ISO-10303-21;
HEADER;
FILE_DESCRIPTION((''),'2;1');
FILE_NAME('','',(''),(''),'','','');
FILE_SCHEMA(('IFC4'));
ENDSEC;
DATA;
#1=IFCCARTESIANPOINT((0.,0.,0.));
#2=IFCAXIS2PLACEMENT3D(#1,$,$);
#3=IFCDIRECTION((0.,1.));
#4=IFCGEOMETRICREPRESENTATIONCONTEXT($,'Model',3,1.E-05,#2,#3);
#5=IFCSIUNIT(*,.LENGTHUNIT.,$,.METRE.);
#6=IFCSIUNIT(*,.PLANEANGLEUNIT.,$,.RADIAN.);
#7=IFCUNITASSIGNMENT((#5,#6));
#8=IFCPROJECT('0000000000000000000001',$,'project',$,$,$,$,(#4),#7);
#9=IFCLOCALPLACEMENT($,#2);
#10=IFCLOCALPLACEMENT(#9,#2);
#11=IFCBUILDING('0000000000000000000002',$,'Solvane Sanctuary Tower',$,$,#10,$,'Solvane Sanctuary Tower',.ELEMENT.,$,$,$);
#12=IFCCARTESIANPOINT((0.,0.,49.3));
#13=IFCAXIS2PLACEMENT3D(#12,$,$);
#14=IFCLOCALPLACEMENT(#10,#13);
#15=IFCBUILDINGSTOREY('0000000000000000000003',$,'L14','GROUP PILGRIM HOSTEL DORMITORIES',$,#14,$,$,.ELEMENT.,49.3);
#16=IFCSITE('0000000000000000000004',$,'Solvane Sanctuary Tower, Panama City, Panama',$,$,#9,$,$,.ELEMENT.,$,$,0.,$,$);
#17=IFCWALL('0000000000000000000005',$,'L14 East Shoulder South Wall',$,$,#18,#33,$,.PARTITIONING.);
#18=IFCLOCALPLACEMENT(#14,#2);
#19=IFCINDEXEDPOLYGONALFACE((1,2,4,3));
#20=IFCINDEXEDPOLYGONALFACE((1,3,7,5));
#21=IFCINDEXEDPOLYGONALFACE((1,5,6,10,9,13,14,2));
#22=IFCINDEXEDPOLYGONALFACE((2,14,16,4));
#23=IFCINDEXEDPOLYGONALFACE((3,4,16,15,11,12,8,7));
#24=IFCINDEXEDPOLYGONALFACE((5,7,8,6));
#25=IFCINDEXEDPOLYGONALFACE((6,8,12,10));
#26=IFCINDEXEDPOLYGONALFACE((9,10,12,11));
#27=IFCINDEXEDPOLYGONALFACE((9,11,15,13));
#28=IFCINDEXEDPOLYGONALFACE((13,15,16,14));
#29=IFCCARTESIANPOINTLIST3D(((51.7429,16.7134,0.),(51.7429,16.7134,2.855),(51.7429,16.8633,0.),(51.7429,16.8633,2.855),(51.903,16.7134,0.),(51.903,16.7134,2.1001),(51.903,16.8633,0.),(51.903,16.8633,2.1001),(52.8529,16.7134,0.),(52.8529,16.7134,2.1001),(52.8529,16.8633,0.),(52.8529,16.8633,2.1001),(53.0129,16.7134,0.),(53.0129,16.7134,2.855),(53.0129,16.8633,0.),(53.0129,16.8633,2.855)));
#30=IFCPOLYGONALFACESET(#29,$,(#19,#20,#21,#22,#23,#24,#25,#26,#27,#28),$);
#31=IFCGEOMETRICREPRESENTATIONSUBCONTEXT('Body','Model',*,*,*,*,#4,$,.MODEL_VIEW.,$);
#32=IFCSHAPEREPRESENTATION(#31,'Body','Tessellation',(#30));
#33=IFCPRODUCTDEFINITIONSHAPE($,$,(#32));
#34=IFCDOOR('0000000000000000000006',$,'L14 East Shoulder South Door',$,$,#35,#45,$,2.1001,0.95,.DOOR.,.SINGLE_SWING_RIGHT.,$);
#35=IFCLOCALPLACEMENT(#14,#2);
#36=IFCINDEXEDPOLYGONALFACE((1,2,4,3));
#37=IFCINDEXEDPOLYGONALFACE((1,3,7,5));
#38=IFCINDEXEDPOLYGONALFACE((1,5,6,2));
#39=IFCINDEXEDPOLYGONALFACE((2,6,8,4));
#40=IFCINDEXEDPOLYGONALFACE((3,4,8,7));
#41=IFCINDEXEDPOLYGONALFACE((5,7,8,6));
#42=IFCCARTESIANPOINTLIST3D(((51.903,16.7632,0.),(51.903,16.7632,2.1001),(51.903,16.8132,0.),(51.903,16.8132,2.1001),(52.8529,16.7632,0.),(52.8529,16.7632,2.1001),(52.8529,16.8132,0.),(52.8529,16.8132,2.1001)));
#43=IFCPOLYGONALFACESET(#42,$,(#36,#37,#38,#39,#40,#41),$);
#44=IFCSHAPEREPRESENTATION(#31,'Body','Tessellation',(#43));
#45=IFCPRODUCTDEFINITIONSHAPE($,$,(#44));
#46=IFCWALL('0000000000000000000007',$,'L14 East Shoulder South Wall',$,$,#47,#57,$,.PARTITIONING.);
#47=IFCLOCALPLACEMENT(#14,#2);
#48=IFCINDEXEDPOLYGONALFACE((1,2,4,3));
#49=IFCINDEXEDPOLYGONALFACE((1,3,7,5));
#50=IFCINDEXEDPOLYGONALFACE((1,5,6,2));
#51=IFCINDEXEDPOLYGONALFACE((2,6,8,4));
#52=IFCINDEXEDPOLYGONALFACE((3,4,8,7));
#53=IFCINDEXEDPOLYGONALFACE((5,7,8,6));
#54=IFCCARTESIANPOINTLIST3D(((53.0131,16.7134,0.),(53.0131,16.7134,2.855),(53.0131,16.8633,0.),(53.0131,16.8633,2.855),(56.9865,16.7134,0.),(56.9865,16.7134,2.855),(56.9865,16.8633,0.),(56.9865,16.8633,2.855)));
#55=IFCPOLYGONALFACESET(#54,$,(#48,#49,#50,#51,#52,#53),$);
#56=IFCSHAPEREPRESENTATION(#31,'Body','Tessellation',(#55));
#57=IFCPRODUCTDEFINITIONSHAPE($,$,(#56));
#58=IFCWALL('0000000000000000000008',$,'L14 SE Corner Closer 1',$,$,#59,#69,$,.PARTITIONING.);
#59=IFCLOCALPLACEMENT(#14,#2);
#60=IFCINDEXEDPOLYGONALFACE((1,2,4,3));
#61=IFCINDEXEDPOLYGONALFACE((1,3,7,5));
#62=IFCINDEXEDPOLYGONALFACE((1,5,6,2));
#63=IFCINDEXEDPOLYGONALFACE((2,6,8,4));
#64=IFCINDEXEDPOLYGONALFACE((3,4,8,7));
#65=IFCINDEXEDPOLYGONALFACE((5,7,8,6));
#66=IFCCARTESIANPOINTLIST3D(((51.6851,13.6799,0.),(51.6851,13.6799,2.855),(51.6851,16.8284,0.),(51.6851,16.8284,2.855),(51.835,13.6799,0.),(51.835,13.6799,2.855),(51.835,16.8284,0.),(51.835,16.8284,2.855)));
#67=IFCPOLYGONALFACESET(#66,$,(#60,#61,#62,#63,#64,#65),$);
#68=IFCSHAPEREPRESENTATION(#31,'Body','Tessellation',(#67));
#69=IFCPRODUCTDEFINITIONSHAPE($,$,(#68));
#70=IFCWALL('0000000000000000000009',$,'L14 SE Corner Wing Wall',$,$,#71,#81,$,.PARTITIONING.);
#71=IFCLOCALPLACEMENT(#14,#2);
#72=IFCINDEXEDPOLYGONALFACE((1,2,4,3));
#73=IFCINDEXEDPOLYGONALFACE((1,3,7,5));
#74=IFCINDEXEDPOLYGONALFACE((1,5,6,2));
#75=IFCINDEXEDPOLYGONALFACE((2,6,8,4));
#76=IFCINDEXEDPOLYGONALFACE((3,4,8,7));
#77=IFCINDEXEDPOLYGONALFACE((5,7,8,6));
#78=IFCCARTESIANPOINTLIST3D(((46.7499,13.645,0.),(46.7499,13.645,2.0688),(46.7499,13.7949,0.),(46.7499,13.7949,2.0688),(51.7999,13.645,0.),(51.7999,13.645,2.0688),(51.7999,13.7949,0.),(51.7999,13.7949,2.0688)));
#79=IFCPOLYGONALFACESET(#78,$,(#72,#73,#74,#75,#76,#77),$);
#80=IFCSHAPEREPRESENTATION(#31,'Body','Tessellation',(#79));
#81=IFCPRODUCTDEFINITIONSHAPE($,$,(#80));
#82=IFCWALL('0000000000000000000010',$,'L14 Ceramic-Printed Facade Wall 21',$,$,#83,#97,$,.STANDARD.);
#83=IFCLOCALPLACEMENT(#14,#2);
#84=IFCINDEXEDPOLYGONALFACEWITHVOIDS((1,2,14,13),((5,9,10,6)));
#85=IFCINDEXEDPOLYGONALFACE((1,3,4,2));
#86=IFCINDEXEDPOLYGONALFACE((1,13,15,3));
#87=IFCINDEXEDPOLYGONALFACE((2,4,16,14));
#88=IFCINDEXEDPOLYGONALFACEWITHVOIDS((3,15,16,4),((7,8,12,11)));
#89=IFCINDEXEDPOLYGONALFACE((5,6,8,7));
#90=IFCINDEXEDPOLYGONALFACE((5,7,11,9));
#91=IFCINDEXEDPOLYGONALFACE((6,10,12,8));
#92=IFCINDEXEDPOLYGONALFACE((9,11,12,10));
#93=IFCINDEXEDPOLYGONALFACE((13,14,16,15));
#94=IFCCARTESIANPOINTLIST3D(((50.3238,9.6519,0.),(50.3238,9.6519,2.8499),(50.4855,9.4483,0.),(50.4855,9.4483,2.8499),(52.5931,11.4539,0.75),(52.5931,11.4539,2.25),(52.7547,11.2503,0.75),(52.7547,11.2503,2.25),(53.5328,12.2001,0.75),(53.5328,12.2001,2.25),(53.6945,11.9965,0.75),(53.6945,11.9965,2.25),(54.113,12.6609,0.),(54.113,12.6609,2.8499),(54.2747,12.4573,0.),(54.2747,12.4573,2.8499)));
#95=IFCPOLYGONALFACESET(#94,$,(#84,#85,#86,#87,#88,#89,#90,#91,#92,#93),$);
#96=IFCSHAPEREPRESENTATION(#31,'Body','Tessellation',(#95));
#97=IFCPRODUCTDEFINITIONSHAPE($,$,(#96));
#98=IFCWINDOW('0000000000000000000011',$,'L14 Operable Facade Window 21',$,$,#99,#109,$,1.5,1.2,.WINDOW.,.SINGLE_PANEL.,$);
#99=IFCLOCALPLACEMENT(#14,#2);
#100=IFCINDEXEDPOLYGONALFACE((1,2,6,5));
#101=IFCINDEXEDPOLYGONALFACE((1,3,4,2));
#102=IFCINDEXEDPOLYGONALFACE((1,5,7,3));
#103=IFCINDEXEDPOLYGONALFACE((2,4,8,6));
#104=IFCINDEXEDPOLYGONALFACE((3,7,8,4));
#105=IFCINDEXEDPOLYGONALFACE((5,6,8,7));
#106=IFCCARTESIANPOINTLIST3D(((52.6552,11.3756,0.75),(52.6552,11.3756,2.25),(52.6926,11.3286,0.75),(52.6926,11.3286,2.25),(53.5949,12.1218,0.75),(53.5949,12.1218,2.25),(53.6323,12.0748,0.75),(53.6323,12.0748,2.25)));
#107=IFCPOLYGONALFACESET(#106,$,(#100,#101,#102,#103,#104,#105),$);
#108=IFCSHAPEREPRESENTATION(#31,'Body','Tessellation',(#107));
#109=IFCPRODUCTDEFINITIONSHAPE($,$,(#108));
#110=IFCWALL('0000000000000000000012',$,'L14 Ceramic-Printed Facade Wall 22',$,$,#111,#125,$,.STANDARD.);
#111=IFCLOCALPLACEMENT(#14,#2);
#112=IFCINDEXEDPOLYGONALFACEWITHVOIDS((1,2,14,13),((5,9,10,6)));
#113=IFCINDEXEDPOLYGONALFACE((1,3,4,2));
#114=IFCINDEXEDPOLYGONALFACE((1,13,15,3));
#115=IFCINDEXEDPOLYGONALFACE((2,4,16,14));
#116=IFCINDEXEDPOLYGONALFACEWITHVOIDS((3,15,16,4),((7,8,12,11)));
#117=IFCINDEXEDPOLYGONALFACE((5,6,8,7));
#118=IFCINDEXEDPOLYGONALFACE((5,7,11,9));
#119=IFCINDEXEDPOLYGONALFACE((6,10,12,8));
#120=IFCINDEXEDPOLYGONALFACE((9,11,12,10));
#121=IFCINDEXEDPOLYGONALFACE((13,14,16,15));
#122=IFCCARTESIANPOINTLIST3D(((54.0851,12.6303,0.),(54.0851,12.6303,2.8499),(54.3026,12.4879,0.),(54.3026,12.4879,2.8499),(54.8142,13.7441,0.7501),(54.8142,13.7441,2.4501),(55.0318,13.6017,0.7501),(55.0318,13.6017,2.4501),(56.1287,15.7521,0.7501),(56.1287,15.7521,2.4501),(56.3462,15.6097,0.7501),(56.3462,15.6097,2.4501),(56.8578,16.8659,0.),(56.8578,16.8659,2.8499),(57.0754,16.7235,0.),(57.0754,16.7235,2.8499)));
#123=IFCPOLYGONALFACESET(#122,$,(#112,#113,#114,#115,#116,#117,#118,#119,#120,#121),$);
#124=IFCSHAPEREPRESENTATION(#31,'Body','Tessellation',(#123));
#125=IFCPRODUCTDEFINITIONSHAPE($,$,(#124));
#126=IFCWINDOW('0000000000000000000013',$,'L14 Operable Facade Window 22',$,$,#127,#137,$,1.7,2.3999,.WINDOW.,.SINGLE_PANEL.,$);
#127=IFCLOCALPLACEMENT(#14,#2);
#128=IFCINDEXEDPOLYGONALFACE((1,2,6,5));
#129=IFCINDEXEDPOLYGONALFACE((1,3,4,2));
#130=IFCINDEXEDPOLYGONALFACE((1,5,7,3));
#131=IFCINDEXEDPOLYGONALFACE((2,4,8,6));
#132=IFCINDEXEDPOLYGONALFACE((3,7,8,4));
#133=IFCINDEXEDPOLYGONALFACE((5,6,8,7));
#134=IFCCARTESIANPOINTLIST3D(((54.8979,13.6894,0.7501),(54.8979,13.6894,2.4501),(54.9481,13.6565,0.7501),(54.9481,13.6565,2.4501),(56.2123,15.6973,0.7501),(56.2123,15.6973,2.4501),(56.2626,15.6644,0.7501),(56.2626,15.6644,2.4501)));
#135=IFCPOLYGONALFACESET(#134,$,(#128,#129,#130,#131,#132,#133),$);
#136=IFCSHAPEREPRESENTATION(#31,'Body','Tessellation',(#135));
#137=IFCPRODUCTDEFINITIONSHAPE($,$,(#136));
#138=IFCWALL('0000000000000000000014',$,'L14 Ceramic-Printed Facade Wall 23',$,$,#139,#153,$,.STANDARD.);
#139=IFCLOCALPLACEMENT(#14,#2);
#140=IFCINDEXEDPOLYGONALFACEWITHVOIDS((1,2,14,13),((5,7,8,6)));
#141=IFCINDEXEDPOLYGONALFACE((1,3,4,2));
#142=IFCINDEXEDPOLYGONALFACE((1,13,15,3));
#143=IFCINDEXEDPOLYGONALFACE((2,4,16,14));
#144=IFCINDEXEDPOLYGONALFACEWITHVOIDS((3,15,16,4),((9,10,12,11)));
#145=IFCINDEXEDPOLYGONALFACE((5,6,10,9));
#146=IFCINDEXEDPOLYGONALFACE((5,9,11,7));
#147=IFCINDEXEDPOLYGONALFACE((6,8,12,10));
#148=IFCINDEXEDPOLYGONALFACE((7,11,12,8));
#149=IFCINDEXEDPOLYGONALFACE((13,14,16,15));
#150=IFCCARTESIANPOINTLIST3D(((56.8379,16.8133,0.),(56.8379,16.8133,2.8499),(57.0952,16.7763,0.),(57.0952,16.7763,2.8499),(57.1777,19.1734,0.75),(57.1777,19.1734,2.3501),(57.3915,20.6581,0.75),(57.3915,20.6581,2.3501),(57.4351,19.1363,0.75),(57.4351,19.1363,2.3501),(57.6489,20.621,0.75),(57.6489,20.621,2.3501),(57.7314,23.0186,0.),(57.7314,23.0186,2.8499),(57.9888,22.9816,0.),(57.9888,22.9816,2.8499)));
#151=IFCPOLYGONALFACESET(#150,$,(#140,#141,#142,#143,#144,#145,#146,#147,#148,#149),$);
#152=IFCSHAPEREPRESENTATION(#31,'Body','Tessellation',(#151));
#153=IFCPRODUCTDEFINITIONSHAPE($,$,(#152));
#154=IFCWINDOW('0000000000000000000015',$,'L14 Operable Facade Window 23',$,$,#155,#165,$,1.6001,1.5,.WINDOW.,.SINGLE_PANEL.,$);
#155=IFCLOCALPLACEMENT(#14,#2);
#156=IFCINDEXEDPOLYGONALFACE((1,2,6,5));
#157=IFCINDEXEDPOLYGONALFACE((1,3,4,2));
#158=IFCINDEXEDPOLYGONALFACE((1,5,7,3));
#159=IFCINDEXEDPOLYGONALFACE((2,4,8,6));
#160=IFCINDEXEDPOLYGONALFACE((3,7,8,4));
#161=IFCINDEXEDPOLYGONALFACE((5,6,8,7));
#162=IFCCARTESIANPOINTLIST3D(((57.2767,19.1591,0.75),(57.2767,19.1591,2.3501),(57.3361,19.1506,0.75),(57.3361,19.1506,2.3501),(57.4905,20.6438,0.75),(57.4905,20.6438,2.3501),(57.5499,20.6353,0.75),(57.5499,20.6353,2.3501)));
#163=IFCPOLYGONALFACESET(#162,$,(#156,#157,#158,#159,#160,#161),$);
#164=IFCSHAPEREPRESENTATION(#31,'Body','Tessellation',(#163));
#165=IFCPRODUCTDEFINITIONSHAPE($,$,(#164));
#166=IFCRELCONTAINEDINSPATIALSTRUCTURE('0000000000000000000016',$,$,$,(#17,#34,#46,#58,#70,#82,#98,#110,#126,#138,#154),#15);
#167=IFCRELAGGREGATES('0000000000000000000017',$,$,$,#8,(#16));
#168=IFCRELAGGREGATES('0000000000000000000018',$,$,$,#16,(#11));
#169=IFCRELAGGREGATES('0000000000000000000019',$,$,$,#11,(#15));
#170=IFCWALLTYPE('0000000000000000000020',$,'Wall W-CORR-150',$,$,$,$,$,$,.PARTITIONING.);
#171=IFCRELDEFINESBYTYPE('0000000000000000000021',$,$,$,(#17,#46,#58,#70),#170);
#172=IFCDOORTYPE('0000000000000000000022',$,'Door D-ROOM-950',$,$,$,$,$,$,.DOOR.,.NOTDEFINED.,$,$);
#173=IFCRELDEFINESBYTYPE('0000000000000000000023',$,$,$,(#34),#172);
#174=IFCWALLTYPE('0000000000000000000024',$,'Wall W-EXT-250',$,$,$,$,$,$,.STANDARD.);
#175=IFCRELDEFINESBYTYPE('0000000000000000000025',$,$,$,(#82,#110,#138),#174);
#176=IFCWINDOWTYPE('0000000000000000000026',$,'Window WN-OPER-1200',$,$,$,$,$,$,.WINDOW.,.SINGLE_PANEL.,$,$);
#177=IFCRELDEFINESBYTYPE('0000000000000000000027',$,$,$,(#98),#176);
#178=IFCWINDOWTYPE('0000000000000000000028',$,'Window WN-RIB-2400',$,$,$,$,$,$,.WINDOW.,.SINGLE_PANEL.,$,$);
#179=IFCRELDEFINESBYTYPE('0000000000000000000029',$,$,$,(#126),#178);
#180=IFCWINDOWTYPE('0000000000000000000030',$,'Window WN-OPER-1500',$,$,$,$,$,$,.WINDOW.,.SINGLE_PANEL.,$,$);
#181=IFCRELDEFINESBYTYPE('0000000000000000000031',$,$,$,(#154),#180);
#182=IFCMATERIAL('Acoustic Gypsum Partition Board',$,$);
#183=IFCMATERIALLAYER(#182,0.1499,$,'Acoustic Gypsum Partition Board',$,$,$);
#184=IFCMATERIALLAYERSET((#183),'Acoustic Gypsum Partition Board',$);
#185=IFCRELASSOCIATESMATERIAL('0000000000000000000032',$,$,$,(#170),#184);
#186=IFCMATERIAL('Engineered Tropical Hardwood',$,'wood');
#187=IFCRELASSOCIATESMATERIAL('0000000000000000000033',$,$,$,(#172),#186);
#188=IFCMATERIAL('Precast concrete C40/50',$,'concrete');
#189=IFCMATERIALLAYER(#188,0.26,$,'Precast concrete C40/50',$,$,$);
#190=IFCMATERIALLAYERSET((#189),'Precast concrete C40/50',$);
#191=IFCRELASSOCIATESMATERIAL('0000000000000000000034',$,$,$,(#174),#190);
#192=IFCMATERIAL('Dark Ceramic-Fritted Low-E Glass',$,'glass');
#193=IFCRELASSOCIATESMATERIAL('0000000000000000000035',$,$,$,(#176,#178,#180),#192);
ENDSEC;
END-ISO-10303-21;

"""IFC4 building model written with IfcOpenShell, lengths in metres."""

from ifc_helpers import new_model, si_unit, direction, frame, frame_2d, origin, place, context, subcontext, project, spatial, rectangle, extrude, material, layer, layer_set, type_object, element, fill, save


model = new_model("IFC4")

# Units and contexts
model_context = context("Model", 3, precision=1e-05, world=origin(), true_north=direction((0.0, 1.0)))
body_context = subcontext(model_context, "Body", "Model", "MODEL_VIEW")
ifc_project = project(units=[si_unit("LENGTHUNIT", "METRE"), si_unit("PLANEANGLEUNIT", "RADIAN")], contexts=[model_context])

# Site, building, storey
site_placement = place(None, origin())
site = spatial("IfcSite", under=ifc_project, at=site_placement, Name="Solvane Sanctuary Tower, Panama City, Panama", CompositionType="ELEMENT", RefElevation=0.0)
building_placement = place(site_placement, origin())
building = spatial("IfcBuilding", under=site, at=building_placement, Name="Solvane Sanctuary Tower", LongName="Solvane Sanctuary Tower", CompositionType="ELEMENT")
storey_placement = place(building_placement, frame((0.0, 0.0, 49.3)))
storey = spatial("IfcBuildingStorey", under=building, at=storey_placement, Name="L14", Description="GROUP PILGRIM HOSTEL DORMITORIES", CompositionType="ELEMENT", Elevation=49.3)

# Shared definitions
ifc_material_1 = material(Name="Acoustic Gypsum Partition Board")
ifc_layer_1 = layer(ifc_material_1, 0.1499, Name="Acoustic Gypsum Partition Board")
ifc_layer_set_1 = layer_set([ifc_layer_1], Name="Acoustic Gypsum Partition Board")
wall_type_1 = type_object("IfcWallType", Name="Wall W-CORR-150", PredefinedType="PARTITIONING", material=ifc_layer_set_1)

# Wall, opening, door
wall_1_placement = place(storey_placement, frame((51.7429, 16.7883, 0.0), z_axis=(0.0, 0.0, 1.0), x_axis=(1.0, 0.0, 0.0)))
wall_1 = element("IfcWall", 1, at=wall_1_placement, inside=storey, type_object=wall_type_1, Name="L14 East Shoulder South Wall", PredefinedType="PARTITIONING", context=body_context, shape_type="SweptSolid", body=[
    extrude(rectangle(XDim=1.27, YDim=0.1499, at=frame_2d((0.635, 0.0))), origin(), (0.0, 0.0, 1.0), 2.855),
])
opening_1_placement = place(wall_1_placement, frame((0.1599, 0.0, 0.0)))
opening_1 = element("IfcOpeningElement", 2, at=opening_1_placement, cuts=wall_1, PredefinedType="OPENING", context=body_context, shape_type="SweptSolid", body=[
    extrude(rectangle(XDim=0.95, YDim=2.1001, at=frame_2d((0.4751, 1.05))), frame((0.0, 0.085, 0.0), z_axis=(0.0, -1.0, 0.0), x_axis=(1.0, 0.0, 0.0)), (0.0, 0.0, 1.0), 0.1699),
])
ifc_material_2 = material(Name="Engineered Tropical Hardwood", Category="wood")
door_type_1 = type_object("IfcDoorType", Name="Door D-ROOM-950", OperationType="NOTDEFINED", PredefinedType="DOOR", material=ifc_material_2)
door_1_placement = place(opening_1_placement, origin())
door_1 = element("IfcDoor", 3, at=door_1_placement, inside=storey, type_object=door_type_1, Name="L14 East Shoulder South Door", OperationType="SINGLE_SWING_RIGHT", OverallHeight=2.1001, OverallWidth=0.95, PredefinedType="DOOR", context=body_context, shape_type="SweptSolid", body=[
    extrude(rectangle(XDim=0.95, YDim=2.1001, at=frame_2d((0.4751, 1.05))), frame((0.0, 0.0249, 0.0), z_axis=(0.0, -1.0, 0.0), x_axis=(1.0, 0.0, 0.0)), (0.0, 0.0, 1.0), 0.05),
])
fill(opening_1, door_1)

# Walls
wall_2_placement = place(storey_placement, frame((53.0129, 16.7883, 0.0), z_axis=(0.0, 0.0, 1.0), x_axis=(1.0, 0.0, 0.0)))
element("IfcWall", 4, at=wall_2_placement, inside=storey, type_object=wall_type_1, Name="L14 East Shoulder South Wall", PredefinedType="PARTITIONING", context=body_context, shape_type="SweptSolid", body=[
    extrude(rectangle(XDim=3.9734, YDim=0.1499, at=frame_2d((1.9868, 0.0))), origin(), (0.0, 0.0, 1.0), 2.855),
])
wall_3_placement = place(storey_placement, frame((51.76, 13.6799, 0.0), z_axis=(0.0, 0.0, 1.0), x_axis=(0.0, 1.0, 0.0)))
element("IfcWall", 5, at=wall_3_placement, inside=storey, type_object=wall_type_1, Name="L14 SE Corner Closer 1", PredefinedType="PARTITIONING", context=body_context, shape_type="SweptSolid", body=[
    extrude(rectangle(XDim=3.1484, YDim=0.1499, at=frame_2d((1.5742, 0.0))), origin(), (0.0, 0.0, 1.0), 2.855),
])
wall_4_placement = place(storey_placement, frame((46.75, 13.72, 0.0), z_axis=(0.0, 0.0, 1.0), x_axis=(1.0, 0.0, 0.0)))
element("IfcWall", 6, at=wall_4_placement, inside=storey, type_object=wall_type_1, Name="L14 SE Corner Wing Wall", PredefinedType="PARTITIONING", context=body_context, shape_type="SweptSolid", body=[
    extrude(rectangle(XDim=5.05, YDim=0.1499, at=frame_2d((2.5249, 0.0))), origin(), (0.0, 0.0, 1.0), 2.0688),
])

# Walls, openings, windows
ifc_material_3 = material(Name="Precast concrete C40/50", Category="concrete")
ifc_layer_2 = layer(ifc_material_3, 0.26, Name="Precast concrete C40/50")
ifc_layer_set_2 = layer_set([ifc_layer_2], Name="Precast concrete C40/50")
wall_type_2 = type_object("IfcWallType", Name="Wall W-EXT-250", PredefinedType="STANDARD", material=ifc_layer_set_2)
wall_5_placement = place(storey_placement, frame((50.4045, 9.55, 0.0), z_axis=(0.0, 0.0, 1.0), x_axis=(0.783123, 0.621867, 0.0)))
wall_5 = element("IfcWall", 7, at=wall_5_placement, inside=storey, type_object=wall_type_2, Name="L14 Ceramic-Printed Facade Wall 21", PredefinedType="STANDARD", context=body_context, shape_type="SweptSolid", body=[
    extrude(rectangle(XDim=4.8386, YDim=0.26, at=frame_2d((2.4194, 0.0))), origin(), (0.0, 0.0, 1.0), 2.8499),
])
opening_2_placement = place(wall_5_placement, frame((2.8977, 0.0, 0.75)))
opening_2 = element("IfcOpeningElement", 8, at=opening_2_placement, cuts=wall_5, PredefinedType="OPENING", context=body_context, shape_type="SweptSolid", body=[
    extrude(rectangle(XDim=1.2, YDim=1.5, at=frame_2d((0.6001, 0.75))), frame((0.0, 0.1399, 0.0), z_axis=(0.0, -1.0, 0.0), x_axis=(1.0, 0.0, 0.0)), (0.0, 0.0, 1.0), 0.28),
])
ifc_material_4 = material(Name="Dark Ceramic-Fritted Low-E Glass", Category="glass")
window_type_1 = type_object("IfcWindowType", Name="Window WN-OPER-1200", PartitioningType="SINGLE_PANEL", PredefinedType="WINDOW", material=ifc_material_4)
window_1_placement = place(opening_2_placement, origin())
window_1 = element("IfcWindow", 9, at=window_1_placement, inside=storey, type_object=window_type_1, Name="L14 Operable Facade Window 21", OverallHeight=1.5, OverallWidth=1.2, PartitioningType="SINGLE_PANEL", PredefinedType="WINDOW", context=body_context, shape_type="SweptSolid", body=[
    extrude(rectangle(XDim=1.2, YDim=1.5, at=frame_2d((0.6001, 0.75))), frame((0.0, 0.03, 0.0), z_axis=(0.0, -1.0, 0.0), x_axis=(1.0, 0.0, 0.0)), (0.0, 0.0, 1.0), 0.0601),
])
fill(opening_2, window_1)
wall_6_placement = place(storey_placement, frame((54.1938, 12.5591, 0.0), z_axis=(0.0, 0.0, 1.0), x_axis=(0.547703, 0.836673, 0.0)))
wall_6 = element("IfcWall", 10, at=wall_6_placement, inside=storey, type_object=wall_type_2, Name="L14 Ceramic-Printed Facade Wall 22", PredefinedType="STANDARD", context=body_context, shape_type="SweptSolid", body=[
    extrude(rectangle(XDim=5.0625, YDim=0.26, at=frame_2d((2.5312, 0.0))), origin(), (0.0, 0.0, 1.0), 2.8499),
])
opening_3_placement = place(wall_6_placement, frame((1.3313, 0.0, 0.75)))
opening_3 = element("IfcOpeningElement", 11, at=opening_3_placement, cuts=wall_6, PredefinedType="OPENING", context=body_context, shape_type="SweptSolid", body=[
    extrude(rectangle(XDim=2.3999, YDim=1.7, at=frame_2d((1.2, 0.8501))), frame((0.0, 0.1399, 0.0), z_axis=(0.0, -1.0, 0.0), x_axis=(1.0, 0.0, 0.0)), (0.0, 0.0, 1.0), 0.28),
])
window_type_2 = type_object("IfcWindowType", Name="Window WN-RIB-2400", PartitioningType="SINGLE_PANEL", PredefinedType="WINDOW", material=ifc_material_4)
window_2_placement = place(opening_3_placement, origin())
window_2 = element("IfcWindow", 12, at=window_2_placement, inside=storey, type_object=window_type_2, Name="L14 Operable Facade Window 22", OverallHeight=1.7, OverallWidth=2.3999, PartitioningType="SINGLE_PANEL", PredefinedType="WINDOW", context=body_context, shape_type="SweptSolid", body=[
    extrude(rectangle(XDim=2.3999, YDim=1.7, at=frame_2d((1.2, 0.8501))), frame((0.0, 0.03, 0.0), z_axis=(0.0, -1.0, 0.0), x_axis=(1.0, 0.0, 0.0)), (0.0, 0.0, 1.0), 0.0601),
])
fill(opening_3, window_2)
wall_7_placement = place(storey_placement, frame((56.9666, 16.7947, 0.0), z_axis=(0.0, 0.0, 1.0), x_axis=(0.142528, 0.989791, 0.0)))
wall_7 = element("IfcWall", 13, at=wall_7_placement, inside=storey, type_object=wall_type_2, Name="L14 Ceramic-Printed Facade Wall 23", PredefinedType="STANDARD", context=body_context, shape_type="SweptSolid", body=[
    extrude(rectangle(XDim=6.2693, YDim=0.26, at=frame_2d((3.1348, 0.0))), origin(), (0.0, 0.0, 1.0), 2.8499),
])
opening_4_placement = place(wall_7_placement, frame((2.3845, 0.0, 0.75)))
opening_4 = element("IfcOpeningElement", 14, at=opening_4_placement, cuts=wall_7, PredefinedType="OPENING", context=body_context, shape_type="SweptSolid", body=[
    extrude(rectangle(XDim=1.5, YDim=1.6001, at=frame_2d((0.75, 0.8))), frame((0.0, 0.1399, 0.0), z_axis=(0.0, -1.0, 0.0), x_axis=(1.0, 0.0, 0.0)), (0.0, 0.0, 1.0), 0.28),
])
window_type_3 = type_object("IfcWindowType", Name="Window WN-OPER-1500", PartitioningType="SINGLE_PANEL", PredefinedType="WINDOW", material=ifc_material_4)
window_3_placement = place(opening_4_placement, origin())
window_3 = element("IfcWindow", 15, at=window_3_placement, inside=storey, type_object=window_type_3, Name="L14 Operable Facade Window 23", OverallHeight=1.6001, OverallWidth=1.5, PartitioningType="SINGLE_PANEL", PredefinedType="WINDOW", context=body_context, shape_type="SweptSolid", body=[
    extrude(rectangle(XDim=1.5, YDim=1.6001, at=frame_2d((0.75, 0.8))), frame((0.0, 0.03, 0.0), z_axis=(0.0, -1.0, 0.0), x_axis=(1.0, 0.0, 0.0)), (0.0, 0.0, 1.0), 0.0601),
])
fill(opening_4, window_3)

save(model, "model.ifc")
